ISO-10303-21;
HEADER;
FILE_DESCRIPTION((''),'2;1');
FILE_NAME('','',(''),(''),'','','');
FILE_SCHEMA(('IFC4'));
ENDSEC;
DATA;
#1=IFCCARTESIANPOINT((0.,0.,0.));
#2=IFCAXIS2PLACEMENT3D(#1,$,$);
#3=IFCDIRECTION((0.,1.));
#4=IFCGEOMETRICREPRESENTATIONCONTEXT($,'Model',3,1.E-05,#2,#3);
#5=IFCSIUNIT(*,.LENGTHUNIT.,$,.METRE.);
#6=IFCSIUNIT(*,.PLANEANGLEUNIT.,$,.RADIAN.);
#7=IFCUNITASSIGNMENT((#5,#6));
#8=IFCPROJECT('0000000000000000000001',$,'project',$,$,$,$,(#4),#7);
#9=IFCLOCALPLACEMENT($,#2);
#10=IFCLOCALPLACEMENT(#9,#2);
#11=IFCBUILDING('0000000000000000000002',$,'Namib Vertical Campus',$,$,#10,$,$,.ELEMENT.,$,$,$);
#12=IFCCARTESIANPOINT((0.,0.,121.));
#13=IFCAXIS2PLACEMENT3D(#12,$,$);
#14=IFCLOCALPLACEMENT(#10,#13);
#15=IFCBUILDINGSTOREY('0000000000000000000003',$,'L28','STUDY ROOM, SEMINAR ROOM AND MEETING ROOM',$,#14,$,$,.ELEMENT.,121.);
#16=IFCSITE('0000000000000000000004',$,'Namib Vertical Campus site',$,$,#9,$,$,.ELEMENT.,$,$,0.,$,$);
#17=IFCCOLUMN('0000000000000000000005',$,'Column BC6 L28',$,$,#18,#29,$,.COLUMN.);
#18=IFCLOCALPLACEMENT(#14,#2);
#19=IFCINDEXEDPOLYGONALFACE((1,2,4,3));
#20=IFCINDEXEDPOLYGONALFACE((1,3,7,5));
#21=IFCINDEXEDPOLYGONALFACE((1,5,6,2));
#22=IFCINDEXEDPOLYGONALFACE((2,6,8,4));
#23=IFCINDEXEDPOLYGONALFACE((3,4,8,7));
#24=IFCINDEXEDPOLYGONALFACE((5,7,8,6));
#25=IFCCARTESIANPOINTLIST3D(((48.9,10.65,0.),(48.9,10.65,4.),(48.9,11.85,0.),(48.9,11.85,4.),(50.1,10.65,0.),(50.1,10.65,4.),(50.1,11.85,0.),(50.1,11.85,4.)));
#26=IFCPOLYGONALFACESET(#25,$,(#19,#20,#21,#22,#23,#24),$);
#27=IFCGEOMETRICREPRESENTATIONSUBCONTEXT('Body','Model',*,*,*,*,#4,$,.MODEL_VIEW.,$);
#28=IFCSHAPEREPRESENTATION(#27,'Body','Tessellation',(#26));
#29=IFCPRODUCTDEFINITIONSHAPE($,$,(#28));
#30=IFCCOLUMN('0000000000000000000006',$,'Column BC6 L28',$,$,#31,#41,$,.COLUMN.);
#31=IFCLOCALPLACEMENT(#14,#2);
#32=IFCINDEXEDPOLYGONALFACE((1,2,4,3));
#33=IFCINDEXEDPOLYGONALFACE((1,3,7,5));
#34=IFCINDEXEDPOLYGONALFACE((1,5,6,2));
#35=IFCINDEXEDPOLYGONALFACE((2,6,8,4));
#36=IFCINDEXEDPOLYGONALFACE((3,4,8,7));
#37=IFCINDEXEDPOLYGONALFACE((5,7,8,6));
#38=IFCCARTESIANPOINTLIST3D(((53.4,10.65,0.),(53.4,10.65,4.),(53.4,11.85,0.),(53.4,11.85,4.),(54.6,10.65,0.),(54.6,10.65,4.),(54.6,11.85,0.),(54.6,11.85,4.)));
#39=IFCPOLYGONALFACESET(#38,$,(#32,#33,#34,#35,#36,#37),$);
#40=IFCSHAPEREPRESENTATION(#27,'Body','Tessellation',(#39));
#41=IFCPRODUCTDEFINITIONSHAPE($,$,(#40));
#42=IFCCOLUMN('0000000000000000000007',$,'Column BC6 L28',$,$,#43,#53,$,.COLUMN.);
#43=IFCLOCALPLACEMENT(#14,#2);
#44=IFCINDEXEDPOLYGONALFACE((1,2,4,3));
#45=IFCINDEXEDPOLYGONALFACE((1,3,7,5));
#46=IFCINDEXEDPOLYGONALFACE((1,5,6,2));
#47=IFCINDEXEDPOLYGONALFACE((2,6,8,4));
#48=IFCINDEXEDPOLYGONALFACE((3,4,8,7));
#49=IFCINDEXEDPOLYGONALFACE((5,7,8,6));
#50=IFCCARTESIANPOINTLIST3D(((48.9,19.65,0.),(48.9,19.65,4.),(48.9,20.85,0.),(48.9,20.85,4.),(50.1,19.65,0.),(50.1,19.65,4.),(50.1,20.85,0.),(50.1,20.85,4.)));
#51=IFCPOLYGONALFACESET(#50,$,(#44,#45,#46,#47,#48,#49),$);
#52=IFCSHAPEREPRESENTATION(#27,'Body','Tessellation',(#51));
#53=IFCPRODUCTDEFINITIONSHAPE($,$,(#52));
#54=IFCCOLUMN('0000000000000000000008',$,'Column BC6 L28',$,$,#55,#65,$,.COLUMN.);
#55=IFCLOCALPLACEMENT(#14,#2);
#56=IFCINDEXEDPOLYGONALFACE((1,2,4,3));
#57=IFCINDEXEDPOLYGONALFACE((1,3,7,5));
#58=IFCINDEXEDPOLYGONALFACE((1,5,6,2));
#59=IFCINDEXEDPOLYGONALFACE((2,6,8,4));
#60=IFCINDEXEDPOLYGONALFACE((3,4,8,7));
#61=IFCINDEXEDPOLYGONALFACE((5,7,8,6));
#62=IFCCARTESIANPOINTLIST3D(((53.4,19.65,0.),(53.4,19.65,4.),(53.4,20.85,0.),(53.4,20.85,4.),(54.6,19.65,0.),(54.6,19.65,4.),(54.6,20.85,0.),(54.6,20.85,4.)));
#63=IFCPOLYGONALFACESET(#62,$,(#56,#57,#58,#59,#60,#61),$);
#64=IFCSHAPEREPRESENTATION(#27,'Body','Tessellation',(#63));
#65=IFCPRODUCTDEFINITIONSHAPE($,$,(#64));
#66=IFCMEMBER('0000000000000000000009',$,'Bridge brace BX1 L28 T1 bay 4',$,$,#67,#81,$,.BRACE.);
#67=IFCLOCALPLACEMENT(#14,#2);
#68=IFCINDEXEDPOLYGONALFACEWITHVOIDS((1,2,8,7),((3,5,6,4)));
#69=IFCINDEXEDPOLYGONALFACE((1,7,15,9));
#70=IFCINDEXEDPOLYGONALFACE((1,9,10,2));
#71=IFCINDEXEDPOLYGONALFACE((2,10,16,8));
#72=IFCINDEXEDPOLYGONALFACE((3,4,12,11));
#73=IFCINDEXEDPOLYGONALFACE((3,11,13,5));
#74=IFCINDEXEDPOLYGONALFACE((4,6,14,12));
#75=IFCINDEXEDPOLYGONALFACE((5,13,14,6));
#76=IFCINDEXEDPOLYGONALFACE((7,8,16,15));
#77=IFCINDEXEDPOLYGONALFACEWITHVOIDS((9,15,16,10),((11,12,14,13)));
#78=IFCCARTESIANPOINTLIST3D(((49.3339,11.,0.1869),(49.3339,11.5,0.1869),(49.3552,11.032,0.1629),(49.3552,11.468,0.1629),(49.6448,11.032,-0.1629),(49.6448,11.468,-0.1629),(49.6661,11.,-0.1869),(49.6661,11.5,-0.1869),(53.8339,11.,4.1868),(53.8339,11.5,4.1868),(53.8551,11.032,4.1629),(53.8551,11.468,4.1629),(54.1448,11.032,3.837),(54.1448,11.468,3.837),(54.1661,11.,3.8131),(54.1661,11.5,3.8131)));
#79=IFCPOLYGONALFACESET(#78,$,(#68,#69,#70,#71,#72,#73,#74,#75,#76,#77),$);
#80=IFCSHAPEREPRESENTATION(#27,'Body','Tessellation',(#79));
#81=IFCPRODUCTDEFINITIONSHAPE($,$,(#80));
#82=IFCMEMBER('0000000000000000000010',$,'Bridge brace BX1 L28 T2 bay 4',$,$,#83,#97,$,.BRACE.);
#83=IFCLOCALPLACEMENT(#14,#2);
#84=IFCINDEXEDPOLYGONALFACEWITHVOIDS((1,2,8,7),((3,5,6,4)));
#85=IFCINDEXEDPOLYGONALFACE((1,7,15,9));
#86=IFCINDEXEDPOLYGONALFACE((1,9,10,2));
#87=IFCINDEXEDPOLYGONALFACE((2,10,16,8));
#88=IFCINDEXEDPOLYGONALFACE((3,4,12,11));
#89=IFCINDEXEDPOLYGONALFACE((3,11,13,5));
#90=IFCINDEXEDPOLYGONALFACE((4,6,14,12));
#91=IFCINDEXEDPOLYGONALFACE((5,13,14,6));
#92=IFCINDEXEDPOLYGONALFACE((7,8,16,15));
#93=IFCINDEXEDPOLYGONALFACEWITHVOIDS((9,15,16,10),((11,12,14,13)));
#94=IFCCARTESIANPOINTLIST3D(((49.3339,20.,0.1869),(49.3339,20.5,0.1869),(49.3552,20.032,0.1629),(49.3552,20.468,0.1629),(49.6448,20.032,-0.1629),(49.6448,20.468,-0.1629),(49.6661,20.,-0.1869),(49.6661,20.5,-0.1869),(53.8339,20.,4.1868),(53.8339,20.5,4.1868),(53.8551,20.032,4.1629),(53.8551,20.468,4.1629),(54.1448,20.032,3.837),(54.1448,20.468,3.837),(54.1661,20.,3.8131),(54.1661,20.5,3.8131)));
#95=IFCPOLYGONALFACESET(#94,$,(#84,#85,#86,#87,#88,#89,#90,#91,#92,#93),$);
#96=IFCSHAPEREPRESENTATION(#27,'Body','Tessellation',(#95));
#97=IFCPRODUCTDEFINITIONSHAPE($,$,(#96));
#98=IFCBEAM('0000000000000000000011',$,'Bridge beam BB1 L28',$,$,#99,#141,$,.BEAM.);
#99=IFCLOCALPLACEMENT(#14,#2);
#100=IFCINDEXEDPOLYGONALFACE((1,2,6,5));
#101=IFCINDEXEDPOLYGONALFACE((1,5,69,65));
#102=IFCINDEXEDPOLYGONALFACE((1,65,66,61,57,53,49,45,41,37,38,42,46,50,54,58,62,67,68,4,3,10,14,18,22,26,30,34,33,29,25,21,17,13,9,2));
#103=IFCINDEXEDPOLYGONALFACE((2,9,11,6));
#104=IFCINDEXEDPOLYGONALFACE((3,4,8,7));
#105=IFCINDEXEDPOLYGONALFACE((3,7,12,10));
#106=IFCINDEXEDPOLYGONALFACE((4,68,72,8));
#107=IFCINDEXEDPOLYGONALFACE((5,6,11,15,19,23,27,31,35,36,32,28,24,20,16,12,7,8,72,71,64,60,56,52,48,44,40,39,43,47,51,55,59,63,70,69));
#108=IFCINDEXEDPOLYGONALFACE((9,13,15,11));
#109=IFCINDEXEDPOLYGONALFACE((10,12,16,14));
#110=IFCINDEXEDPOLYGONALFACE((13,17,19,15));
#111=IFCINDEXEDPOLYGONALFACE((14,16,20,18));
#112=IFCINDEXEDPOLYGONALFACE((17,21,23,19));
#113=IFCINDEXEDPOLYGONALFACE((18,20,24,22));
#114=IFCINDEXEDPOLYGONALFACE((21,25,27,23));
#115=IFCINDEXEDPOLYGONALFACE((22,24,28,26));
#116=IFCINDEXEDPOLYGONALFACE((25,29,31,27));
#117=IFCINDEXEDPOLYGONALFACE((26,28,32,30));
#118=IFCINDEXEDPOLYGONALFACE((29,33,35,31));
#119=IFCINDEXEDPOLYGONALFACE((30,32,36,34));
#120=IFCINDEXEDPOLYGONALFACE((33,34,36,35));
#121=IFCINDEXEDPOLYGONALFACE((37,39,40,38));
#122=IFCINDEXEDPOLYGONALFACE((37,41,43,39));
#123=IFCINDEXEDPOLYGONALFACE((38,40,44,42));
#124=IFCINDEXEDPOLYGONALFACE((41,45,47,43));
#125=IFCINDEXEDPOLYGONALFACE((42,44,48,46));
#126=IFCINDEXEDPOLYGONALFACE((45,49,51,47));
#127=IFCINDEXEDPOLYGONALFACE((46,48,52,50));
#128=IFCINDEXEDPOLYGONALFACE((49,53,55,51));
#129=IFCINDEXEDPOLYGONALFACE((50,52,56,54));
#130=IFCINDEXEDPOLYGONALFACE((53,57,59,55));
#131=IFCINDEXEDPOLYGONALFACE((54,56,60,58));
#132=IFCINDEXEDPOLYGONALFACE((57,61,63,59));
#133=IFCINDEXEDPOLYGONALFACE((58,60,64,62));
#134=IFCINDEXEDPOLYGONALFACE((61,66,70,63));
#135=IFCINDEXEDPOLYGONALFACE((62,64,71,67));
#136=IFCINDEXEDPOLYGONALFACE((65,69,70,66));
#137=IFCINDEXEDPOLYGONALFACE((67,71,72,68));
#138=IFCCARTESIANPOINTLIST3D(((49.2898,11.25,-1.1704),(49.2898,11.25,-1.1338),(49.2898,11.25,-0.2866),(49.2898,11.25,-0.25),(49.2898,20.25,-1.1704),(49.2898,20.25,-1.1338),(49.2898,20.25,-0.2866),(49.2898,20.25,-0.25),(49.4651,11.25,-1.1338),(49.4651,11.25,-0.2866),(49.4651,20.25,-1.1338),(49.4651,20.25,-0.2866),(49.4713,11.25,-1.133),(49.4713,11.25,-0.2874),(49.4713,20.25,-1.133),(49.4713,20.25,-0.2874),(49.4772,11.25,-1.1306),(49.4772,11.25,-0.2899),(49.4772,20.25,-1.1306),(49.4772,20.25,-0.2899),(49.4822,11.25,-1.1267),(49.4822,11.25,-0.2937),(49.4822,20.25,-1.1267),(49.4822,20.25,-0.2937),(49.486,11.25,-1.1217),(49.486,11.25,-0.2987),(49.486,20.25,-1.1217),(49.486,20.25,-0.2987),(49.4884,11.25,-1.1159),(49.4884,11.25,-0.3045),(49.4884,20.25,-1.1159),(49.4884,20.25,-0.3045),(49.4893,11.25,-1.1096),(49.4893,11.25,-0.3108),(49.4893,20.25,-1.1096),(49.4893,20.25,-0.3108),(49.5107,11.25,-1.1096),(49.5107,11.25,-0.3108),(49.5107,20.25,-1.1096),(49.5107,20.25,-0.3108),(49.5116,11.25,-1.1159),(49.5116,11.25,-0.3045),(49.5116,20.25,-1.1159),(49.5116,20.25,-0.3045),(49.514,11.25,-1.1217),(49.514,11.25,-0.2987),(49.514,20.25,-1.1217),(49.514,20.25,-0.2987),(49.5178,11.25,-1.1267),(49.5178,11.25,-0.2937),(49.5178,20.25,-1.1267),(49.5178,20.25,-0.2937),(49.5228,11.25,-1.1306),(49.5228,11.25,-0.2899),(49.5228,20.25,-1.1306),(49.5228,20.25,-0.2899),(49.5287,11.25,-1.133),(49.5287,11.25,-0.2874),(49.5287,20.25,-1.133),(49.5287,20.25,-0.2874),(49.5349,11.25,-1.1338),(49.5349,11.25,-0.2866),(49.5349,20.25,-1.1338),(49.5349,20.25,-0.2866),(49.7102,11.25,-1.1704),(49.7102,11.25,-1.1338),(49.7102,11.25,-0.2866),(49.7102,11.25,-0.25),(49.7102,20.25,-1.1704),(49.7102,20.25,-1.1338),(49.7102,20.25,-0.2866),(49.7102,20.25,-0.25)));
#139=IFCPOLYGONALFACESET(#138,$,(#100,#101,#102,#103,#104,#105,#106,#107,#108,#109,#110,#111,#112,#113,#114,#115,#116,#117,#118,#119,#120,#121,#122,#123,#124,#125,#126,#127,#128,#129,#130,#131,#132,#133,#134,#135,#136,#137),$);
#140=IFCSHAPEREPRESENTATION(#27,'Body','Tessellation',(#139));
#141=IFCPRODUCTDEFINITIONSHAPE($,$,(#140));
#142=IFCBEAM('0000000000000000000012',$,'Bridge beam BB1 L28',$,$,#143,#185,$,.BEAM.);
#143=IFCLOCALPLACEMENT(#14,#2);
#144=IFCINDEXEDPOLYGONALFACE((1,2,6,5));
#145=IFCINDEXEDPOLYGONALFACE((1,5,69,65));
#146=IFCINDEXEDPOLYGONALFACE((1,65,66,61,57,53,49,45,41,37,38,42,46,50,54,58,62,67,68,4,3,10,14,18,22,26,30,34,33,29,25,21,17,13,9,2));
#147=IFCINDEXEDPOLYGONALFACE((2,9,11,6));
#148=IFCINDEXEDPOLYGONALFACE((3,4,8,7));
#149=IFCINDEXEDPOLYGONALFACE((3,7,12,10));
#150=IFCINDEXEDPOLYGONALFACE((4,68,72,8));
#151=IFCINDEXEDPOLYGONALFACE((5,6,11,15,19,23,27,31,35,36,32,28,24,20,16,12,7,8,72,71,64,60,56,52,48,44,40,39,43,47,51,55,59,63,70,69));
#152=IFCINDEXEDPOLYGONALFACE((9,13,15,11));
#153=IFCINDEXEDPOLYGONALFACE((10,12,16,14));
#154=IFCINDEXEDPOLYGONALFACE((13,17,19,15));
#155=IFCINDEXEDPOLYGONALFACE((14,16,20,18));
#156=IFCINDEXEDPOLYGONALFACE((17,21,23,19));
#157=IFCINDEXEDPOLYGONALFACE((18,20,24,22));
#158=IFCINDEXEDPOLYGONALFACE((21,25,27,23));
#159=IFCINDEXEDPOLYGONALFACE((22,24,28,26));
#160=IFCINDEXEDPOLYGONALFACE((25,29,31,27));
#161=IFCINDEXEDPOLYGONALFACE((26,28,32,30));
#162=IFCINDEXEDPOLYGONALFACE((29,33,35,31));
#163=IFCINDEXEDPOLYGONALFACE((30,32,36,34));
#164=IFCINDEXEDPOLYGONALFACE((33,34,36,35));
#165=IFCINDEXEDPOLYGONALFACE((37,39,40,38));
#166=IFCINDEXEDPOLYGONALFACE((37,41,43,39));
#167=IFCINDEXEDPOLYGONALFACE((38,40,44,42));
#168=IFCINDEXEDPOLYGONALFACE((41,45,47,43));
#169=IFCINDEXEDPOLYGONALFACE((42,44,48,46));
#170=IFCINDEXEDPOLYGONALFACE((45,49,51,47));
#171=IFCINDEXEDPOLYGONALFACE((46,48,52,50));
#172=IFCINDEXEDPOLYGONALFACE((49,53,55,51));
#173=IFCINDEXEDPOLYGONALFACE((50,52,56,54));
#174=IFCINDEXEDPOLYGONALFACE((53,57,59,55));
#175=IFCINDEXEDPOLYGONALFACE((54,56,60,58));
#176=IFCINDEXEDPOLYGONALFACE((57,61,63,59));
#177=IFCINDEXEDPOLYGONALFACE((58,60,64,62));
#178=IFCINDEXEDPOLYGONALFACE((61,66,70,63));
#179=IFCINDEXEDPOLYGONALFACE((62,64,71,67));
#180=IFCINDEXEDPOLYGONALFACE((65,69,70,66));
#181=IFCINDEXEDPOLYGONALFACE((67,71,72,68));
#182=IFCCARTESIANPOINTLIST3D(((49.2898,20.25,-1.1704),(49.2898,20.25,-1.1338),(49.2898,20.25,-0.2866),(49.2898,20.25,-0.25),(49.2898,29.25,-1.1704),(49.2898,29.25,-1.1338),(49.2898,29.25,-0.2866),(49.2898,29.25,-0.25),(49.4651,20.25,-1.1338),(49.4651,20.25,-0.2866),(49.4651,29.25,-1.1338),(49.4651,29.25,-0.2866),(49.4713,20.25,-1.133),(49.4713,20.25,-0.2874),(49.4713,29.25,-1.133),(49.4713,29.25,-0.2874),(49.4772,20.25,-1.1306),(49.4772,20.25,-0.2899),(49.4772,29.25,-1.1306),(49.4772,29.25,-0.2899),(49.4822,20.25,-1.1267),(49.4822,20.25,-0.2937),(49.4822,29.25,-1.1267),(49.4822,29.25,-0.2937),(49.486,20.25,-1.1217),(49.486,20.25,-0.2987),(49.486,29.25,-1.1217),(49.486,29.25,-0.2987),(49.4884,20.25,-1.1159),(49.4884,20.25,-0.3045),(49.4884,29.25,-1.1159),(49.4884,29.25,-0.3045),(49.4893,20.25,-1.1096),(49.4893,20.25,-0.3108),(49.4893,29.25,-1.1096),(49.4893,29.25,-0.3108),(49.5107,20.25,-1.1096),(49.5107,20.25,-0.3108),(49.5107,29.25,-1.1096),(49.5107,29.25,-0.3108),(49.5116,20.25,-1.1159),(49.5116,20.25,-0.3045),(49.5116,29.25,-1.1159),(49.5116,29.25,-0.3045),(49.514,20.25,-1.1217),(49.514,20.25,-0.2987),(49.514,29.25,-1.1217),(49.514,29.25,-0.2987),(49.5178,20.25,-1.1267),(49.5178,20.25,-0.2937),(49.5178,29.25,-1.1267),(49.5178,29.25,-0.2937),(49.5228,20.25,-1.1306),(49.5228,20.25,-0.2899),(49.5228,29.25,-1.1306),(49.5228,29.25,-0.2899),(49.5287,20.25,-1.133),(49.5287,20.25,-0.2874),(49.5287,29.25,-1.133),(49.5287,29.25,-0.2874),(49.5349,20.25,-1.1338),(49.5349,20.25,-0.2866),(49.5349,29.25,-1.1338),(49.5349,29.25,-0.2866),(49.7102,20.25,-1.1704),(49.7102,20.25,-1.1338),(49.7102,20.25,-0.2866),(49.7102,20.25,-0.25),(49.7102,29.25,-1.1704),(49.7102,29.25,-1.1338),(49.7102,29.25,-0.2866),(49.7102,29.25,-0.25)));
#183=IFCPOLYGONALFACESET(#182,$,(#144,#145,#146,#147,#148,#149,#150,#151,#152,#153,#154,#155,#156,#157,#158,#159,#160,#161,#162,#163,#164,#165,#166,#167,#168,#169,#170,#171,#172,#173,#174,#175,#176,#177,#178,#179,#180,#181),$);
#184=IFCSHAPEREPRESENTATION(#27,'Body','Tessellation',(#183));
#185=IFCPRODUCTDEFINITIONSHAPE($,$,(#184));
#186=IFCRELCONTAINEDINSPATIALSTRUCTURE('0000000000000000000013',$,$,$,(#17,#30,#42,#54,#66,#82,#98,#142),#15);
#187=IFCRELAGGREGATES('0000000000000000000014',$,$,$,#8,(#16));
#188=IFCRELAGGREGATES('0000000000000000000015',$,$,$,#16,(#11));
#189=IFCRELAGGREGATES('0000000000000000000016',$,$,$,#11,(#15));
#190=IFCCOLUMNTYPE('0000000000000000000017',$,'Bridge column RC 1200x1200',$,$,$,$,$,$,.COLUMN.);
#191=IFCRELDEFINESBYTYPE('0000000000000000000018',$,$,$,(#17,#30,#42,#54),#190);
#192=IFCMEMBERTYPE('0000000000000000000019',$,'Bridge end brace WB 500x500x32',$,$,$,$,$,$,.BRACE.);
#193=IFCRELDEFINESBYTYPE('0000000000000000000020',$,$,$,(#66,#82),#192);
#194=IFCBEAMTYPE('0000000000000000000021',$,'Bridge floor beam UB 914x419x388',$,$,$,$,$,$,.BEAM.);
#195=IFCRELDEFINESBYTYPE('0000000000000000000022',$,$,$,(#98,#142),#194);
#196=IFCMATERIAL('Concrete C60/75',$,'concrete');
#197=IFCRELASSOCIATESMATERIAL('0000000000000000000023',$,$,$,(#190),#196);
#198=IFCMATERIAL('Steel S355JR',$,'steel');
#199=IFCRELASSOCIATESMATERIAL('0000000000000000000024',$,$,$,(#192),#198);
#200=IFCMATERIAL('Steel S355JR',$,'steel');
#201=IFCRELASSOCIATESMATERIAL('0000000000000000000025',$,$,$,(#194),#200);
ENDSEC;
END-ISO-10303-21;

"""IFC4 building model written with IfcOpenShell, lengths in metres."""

from ifc_helpers import new_model, si_unit, direction, frame, origin, origin_2d, place, context, subcontext, project, spatial, rectangle, hollow_rectangle, i_section, extrude, material, material_profile, profile_set, type_object, element, save


model = new_model("IFC4")

# Units and contexts
model_context = context("Model", 3, precision=1e-05, world=origin(), true_north=direction((0.0, 1.0)))
body_context = subcontext(model_context, "Body", "Model", "MODEL_VIEW")
ifc_project = project(units=[si_unit("LENGTHUNIT", "METRE"), si_unit("PLANEANGLEUNIT", "RADIAN")], contexts=[model_context])

# Site, building, storey
site_placement = place(None, origin())
site = spatial("IfcSite", under=ifc_project, at=site_placement, Name="Namib Vertical Campus site", CompositionType="ELEMENT", RefElevation=0.0)
building_placement = place(site_placement, origin())
building = spatial("IfcBuilding", under=site, at=building_placement, Name="Namib Vertical Campus", CompositionType="ELEMENT")
storey_placement = place(building_placement, frame((0.0, 0.0, 121.0)))
storey = spatial("IfcBuildingStorey", under=building, at=storey_placement, Name="L28", Description="STUDY ROOM, SEMINAR ROOM AND MEETING ROOM", CompositionType="ELEMENT", Elevation=121.0)

# Columns
ifc_material_1 = material(Name="Concrete C60/75", Category="concrete")
ifc_material_profile_1 = material_profile(ifc_material_1, rectangle(XDim=1.2, YDim=1.2, at=origin_2d()))
ifc_profile_set_1 = profile_set([ifc_material_profile_1], Name="Concrete C60/75")
column_type = type_object("IfcColumnType", Name="Bridge column RC 1200x1200", PredefinedType="COLUMN", material=ifc_profile_set_1)
for number, where, z_axis, x_axis, name in (
    (1, (49.5, 11.25, 0.0), (0.0, 0.0, 1.0), (1.0, 0.0, 0.0), "Column BC6 L28"),
    (2, (54.0, 11.25, 0.0), (0.0, 0.0, 1.0), (1.0, 0.0, 0.0), "Column BC6 L28"),
    (3, (49.5, 20.25, 0.0), (0.0, 0.0, 1.0), (1.0, 0.0, 0.0), "Column BC6 L28"),
    (4, (54.0, 20.25, 0.0), (0.0, 0.0, 1.0), (1.0, 0.0, 0.0), "Column BC6 L28"),
):
    element("IfcColumn", number, at=place(storey_placement, frame(where, z_axis=z_axis, x_axis=x_axis)), inside=storey, type_object=column_type, Name=name, PredefinedType="COLUMN", context=body_context, shape_type="SweptSolid", body=[
        extrude(rectangle(XDim=1.2, YDim=1.2, at=origin_2d()), origin(), (0.0, 0.0, 1.0), 4.0),
    ])

# Members
ifc_material_2 = material(Name="Steel S355JR", Category="steel")
ifc_material_profile_2 = material_profile(ifc_material_2, hollow_rectangle(XDim=0.5, YDim=0.5, WallThickness=0.032, at=origin_2d()))
ifc_profile_set_2 = profile_set([ifc_material_profile_2], Name="Steel S355JR")
member_type_1 = type_object("IfcMemberType", Name="Bridge end brace WB 500x500x32", PredefinedType="BRACE", material=ifc_profile_set_2)
for number, where, z_axis, x_axis, name in (
    (5, (49.5, 11.25, 0.0), (0.747409, 0.0, 0.664364), (0.0, 1.0, 0.0), "Bridge brace BX1 L28 T1 bay 4"),
    (6, (49.5, 20.25, 0.0), (0.747409, 0.0, 0.664364), (0.0, 1.0, 0.0), "Bridge brace BX1 L28 T2 bay 4"),
):
    element("IfcMember", number, at=place(storey_placement, frame(where, z_axis=z_axis, x_axis=x_axis)), inside=storey, type_object=member_type_1, Name=name, PredefinedType="BRACE", context=body_context, shape_type="SweptSolid", body=[
        extrude(hollow_rectangle(XDim=0.5, YDim=0.5, WallThickness=0.032, at=origin_2d()), origin(), (0.0, 0.0, 1.0), 6.0208),
    ])

# Beams
ifc_material_3 = material(Name="Steel S355JR", Category="steel")
ifc_material_profile_3 = material_profile(ifc_material_3, i_section(OverallWidth=0.4204, OverallDepth=0.9204, WebThickness=0.0215, FlangeThickness=0.0366, FilletRadius=0.0242, at=origin_2d()))
ifc_profile_set_3 = profile_set([ifc_material_profile_3], Name="Steel S355JR")
beam_type_1 = type_object("IfcBeamType", Name="Bridge floor beam UB 914x419x388", PredefinedType="BEAM", material=ifc_profile_set_3)
for number, where, z_axis, x_axis, name in (
    (7, (49.5, 11.25, -0.7102), (0.0, 1.0, 0.0), (-1.0, 0.0, 0.0), "Bridge beam BB1 L28"),
    (8, (49.5, 20.25, -0.7102), (0.0, 1.0, 0.0), (-1.0, 0.0, 0.0), "Bridge beam BB1 L28"),
):
    element("IfcBeam", number, at=place(storey_placement, frame(where, z_axis=z_axis, x_axis=x_axis)), inside=storey, type_object=beam_type_1, Name=name, PredefinedType="BEAM", context=body_context, shape_type="SweptSolid", body=[
        extrude(i_section(OverallWidth=0.4204, OverallDepth=0.9204, WebThickness=0.0215, FlangeThickness=0.0366, FilletRadius=0.0242, at=origin_2d()), origin(), (0.0, 0.0, 1.0), 9.0),
    ])

save(model, "model.ifc")
